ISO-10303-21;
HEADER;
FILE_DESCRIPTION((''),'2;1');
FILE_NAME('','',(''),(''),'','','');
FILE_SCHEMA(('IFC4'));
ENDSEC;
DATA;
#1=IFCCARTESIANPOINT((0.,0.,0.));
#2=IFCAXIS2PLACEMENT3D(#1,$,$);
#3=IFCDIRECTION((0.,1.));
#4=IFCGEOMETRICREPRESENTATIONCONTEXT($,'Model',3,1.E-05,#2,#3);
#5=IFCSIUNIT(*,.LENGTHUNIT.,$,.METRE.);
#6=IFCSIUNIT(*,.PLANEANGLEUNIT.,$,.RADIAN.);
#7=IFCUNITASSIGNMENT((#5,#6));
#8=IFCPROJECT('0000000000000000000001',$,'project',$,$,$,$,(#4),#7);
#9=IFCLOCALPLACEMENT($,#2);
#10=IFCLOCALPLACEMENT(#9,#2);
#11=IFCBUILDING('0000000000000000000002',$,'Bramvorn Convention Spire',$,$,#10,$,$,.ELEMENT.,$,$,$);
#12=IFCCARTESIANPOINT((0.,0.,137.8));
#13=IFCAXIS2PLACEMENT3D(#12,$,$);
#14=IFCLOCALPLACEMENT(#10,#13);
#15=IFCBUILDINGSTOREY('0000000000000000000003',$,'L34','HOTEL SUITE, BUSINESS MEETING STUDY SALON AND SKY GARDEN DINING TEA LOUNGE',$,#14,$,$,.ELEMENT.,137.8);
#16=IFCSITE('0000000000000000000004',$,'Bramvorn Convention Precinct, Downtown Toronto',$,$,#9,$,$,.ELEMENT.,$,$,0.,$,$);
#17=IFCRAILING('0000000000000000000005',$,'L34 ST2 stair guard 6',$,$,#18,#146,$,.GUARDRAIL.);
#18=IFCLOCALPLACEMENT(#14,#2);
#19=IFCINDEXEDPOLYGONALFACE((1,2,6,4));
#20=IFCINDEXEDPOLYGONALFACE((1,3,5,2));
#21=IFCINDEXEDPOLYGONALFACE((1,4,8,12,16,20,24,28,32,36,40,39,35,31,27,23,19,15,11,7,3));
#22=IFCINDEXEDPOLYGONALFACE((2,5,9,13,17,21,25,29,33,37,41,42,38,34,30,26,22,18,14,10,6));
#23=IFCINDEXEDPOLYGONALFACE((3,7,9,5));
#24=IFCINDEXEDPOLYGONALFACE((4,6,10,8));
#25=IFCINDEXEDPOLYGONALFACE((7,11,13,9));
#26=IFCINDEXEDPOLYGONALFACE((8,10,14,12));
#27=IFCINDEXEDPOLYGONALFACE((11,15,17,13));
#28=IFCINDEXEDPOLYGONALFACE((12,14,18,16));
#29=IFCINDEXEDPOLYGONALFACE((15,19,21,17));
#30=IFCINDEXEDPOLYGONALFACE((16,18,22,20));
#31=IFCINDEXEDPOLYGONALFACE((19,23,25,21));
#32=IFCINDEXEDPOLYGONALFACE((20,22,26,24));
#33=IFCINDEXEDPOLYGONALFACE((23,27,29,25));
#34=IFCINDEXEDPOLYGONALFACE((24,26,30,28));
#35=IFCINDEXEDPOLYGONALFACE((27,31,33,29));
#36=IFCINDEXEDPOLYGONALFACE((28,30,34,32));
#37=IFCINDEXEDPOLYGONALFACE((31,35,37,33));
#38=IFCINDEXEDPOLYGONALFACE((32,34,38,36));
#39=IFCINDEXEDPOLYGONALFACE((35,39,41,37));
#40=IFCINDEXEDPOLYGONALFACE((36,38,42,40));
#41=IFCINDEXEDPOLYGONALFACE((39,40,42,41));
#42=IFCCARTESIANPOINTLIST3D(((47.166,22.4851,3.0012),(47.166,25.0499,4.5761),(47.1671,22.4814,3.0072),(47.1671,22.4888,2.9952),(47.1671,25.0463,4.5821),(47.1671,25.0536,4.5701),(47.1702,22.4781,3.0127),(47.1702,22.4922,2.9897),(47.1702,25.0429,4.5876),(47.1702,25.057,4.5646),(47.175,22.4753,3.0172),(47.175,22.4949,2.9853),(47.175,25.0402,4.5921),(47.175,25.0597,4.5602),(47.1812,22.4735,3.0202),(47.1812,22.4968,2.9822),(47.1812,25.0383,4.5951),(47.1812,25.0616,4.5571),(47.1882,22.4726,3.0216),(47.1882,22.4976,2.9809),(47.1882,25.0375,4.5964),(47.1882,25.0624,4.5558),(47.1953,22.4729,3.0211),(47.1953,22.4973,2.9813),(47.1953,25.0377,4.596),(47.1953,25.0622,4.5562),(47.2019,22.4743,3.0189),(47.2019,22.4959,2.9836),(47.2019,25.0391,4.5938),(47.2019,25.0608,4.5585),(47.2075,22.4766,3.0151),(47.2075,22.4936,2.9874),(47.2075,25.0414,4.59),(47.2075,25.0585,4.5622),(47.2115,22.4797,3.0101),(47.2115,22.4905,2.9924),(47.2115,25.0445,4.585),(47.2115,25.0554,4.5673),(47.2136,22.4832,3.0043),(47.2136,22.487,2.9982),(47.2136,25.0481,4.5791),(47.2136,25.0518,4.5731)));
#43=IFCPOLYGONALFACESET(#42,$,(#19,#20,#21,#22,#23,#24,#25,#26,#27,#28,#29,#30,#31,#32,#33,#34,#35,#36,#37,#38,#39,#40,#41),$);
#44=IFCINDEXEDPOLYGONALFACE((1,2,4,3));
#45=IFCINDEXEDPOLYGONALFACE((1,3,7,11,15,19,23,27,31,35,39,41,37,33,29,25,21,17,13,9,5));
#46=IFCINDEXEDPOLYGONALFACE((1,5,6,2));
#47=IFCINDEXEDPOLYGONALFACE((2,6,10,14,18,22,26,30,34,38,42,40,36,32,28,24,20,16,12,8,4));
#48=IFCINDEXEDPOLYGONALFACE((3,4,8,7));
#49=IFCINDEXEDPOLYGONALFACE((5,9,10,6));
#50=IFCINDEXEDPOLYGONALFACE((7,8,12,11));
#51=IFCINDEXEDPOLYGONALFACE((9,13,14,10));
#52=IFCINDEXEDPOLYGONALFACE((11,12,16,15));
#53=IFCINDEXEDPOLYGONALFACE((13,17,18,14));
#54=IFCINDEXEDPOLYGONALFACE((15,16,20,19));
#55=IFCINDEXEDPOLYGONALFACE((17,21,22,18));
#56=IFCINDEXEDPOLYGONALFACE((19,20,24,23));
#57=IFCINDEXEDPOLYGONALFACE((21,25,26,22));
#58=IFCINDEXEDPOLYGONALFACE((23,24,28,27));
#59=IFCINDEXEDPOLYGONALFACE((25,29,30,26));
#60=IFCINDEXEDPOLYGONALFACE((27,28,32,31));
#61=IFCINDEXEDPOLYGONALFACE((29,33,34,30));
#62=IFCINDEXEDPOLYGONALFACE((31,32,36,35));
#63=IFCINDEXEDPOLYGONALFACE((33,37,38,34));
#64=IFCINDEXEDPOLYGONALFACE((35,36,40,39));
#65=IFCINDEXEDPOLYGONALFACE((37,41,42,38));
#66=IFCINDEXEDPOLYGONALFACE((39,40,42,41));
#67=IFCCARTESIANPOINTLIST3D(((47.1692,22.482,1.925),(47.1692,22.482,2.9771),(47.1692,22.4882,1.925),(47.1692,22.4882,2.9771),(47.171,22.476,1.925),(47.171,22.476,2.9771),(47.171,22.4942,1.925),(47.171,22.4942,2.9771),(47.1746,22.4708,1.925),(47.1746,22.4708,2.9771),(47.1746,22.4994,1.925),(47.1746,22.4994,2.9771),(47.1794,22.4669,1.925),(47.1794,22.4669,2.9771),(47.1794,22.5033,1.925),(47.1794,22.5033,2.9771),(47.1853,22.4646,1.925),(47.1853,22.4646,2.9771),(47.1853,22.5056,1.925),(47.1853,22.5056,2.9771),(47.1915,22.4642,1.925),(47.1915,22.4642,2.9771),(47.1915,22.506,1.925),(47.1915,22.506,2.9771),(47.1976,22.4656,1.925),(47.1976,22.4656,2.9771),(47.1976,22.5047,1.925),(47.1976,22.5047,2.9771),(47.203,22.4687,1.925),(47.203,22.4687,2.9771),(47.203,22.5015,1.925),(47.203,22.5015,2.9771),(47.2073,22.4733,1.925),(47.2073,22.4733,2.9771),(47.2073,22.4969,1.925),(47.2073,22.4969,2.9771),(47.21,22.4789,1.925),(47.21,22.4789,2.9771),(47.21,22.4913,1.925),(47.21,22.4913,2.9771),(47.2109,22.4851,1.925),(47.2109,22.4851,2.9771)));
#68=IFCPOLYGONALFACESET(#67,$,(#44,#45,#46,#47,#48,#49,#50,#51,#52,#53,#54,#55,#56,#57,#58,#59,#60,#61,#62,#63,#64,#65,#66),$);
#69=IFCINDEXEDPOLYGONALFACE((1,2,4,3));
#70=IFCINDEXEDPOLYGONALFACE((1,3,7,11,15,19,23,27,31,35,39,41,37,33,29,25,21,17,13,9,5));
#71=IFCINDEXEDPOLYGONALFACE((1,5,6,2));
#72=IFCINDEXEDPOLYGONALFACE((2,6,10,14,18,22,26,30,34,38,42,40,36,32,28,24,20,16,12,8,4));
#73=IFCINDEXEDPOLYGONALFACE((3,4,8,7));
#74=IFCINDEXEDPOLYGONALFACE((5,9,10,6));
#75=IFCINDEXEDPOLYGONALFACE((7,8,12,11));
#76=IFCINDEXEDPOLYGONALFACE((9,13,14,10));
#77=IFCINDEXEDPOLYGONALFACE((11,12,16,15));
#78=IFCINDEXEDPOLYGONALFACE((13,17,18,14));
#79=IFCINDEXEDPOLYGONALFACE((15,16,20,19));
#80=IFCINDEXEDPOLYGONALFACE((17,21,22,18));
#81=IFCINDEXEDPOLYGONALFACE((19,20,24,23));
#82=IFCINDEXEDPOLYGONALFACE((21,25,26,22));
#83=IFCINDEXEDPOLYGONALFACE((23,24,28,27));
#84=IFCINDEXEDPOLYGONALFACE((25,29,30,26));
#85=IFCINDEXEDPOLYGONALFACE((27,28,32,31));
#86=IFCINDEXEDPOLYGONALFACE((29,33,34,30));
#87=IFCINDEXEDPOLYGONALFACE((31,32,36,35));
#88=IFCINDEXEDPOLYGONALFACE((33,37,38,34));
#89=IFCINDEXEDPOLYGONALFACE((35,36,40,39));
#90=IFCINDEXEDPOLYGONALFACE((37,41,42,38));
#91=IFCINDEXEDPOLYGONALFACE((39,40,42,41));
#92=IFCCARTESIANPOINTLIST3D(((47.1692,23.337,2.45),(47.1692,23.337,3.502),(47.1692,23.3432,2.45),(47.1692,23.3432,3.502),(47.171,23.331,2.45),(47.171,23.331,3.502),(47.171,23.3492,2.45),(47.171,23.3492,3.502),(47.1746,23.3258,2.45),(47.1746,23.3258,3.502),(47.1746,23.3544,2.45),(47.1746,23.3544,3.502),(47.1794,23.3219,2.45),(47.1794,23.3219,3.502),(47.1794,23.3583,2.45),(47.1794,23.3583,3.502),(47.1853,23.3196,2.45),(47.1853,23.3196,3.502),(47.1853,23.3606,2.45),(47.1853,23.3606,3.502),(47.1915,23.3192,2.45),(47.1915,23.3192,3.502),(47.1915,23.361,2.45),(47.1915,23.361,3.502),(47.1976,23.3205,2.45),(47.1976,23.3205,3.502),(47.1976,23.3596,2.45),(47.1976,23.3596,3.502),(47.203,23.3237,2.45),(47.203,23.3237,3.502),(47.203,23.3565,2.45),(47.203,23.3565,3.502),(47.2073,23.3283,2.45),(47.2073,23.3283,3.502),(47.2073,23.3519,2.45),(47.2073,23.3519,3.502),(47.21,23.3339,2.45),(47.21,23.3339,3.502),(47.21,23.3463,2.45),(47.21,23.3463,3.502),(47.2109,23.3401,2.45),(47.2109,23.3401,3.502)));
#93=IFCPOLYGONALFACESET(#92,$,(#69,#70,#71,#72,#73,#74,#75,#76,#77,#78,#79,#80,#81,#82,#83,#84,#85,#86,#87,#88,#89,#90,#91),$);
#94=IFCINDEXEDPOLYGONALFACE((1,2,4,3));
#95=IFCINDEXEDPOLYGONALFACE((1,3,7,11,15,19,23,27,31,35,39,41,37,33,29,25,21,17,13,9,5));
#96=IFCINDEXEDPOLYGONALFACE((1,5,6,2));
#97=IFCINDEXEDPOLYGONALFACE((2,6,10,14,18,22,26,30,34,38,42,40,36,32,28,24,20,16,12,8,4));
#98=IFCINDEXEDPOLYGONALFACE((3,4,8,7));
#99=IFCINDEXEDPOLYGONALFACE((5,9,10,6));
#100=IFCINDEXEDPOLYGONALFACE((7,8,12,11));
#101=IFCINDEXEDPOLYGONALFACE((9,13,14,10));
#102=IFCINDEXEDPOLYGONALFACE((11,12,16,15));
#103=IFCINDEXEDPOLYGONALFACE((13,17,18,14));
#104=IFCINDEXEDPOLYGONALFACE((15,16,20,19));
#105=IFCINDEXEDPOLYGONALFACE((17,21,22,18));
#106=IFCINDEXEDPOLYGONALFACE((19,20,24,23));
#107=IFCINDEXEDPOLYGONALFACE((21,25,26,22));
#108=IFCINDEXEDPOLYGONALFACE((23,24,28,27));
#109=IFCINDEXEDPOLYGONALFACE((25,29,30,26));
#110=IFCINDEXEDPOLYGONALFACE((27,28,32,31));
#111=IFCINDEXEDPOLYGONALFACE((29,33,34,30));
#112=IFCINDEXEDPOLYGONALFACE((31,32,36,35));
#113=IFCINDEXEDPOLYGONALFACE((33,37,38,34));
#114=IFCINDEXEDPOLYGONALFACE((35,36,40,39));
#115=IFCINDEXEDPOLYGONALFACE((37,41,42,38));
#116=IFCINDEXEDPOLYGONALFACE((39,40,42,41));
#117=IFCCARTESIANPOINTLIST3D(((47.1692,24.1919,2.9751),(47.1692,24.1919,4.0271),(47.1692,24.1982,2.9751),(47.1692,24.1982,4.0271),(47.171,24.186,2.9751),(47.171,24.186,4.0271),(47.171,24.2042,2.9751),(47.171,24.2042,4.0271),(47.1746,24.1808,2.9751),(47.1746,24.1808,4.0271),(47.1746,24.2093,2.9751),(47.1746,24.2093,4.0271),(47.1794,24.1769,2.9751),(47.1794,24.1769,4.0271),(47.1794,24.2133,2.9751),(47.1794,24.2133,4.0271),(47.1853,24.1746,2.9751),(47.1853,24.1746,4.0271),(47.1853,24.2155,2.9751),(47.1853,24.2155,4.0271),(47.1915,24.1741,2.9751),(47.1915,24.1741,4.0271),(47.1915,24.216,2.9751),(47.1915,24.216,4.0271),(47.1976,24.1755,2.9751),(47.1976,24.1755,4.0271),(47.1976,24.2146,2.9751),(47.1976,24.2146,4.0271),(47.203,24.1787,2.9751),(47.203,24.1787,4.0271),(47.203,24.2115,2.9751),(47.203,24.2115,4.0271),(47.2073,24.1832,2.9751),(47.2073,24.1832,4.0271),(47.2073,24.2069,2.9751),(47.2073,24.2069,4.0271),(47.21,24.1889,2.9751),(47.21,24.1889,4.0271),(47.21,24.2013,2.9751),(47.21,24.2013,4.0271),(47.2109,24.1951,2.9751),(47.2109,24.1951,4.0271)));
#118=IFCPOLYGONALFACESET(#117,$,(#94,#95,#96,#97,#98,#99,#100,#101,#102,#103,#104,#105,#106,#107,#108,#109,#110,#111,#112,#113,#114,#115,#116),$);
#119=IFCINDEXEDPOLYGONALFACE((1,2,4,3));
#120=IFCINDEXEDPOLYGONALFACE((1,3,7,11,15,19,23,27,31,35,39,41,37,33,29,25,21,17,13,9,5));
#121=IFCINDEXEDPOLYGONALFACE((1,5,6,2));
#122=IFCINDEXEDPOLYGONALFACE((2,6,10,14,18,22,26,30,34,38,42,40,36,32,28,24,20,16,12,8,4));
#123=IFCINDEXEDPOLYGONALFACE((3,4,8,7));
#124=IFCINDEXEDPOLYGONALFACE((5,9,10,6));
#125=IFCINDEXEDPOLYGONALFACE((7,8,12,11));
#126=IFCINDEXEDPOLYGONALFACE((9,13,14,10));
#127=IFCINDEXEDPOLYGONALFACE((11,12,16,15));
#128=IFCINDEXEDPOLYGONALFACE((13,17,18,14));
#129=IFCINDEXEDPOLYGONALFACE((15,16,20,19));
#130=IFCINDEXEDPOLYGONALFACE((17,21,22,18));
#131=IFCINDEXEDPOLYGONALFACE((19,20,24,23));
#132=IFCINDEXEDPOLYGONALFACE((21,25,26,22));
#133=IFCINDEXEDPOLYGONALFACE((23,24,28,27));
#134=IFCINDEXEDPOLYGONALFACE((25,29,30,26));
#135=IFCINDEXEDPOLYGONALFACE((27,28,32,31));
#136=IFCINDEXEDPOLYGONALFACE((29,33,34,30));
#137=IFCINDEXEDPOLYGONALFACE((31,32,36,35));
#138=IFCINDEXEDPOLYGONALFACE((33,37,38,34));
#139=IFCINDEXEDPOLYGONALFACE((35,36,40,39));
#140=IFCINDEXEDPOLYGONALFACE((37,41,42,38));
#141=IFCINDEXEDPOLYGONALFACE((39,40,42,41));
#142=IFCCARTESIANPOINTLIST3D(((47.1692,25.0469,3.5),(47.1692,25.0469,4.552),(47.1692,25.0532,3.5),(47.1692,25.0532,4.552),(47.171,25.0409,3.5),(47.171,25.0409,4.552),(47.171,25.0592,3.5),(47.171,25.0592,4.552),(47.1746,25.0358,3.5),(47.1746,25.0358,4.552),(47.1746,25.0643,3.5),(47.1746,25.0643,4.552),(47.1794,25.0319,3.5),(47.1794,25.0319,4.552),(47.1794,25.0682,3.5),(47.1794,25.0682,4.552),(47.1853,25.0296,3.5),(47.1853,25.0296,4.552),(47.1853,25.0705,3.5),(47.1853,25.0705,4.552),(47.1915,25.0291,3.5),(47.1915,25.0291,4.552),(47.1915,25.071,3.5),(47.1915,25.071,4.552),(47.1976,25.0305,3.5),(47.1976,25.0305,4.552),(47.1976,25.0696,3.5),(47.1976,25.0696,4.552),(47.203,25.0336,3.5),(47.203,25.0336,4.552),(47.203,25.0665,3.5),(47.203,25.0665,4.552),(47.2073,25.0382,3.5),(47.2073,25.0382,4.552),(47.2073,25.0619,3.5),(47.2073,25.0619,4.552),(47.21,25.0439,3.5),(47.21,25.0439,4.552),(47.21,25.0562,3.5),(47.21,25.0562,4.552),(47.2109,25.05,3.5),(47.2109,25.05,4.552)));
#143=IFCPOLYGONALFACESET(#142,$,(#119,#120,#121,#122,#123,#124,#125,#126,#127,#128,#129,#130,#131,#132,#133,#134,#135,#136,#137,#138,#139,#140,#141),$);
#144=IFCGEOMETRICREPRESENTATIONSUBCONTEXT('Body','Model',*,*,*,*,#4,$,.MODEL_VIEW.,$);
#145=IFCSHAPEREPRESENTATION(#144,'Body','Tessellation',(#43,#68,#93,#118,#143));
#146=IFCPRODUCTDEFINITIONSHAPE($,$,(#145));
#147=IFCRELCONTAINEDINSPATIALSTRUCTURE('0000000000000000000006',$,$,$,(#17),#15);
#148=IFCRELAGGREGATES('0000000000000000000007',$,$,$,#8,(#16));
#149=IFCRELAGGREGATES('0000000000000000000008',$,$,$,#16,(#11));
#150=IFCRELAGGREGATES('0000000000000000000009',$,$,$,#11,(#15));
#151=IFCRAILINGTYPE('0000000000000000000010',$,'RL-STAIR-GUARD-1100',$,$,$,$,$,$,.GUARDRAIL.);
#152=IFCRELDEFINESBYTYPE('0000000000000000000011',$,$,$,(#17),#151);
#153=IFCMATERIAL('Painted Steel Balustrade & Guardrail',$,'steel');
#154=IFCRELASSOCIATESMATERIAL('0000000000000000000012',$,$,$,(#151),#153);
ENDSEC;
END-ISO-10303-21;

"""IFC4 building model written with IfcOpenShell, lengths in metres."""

from ifc_helpers import new_model, si_unit, direction, frame, origin, origin_2d, place, context, subcontext, project, spatial, circle, extrude, material, type_object, element, save


model = new_model("IFC4")

# Units and contexts
model_context = context("Model", 3, precision=1e-05, world=origin(), true_north=direction((0.0, 1.0)))
body_context = subcontext(model_context, "Body", "Model", "MODEL_VIEW")
ifc_project = project(units=[si_unit("LENGTHUNIT", "METRE"), si_unit("PLANEANGLEUNIT", "RADIAN")], contexts=[model_context])

# Site, building, storey
site_placement = place(None, origin())
site = spatial("IfcSite", under=ifc_project, at=site_placement, Name="Bramvorn Convention Precinct, Downtown Toronto", CompositionType="ELEMENT", RefElevation=0.0)
building_placement = place(site_placement, origin())
building = spatial("IfcBuilding", under=site, at=building_placement, Name="Bramvorn Convention Spire", CompositionType="ELEMENT")
storey_placement = place(building_placement, frame((0.0, 0.0, 137.8)))
storey = spatial("IfcBuildingStorey", under=building, at=storey_placement, Name="L34", Description="HOTEL SUITE, BUSINESS MEETING STUDY SALON AND SKY GARDEN DINING TEA LOUNGE", CompositionType="ELEMENT", Elevation=137.8)

# Railing
ifc_material_1 = material(Name="Painted Steel Balustrade & Guardrail", Category="steel")
railing_type_1 = type_object("IfcRailingType", Name="RL-STAIR-GUARD-1100", PredefinedType="GUARDRAIL", material=ifc_material_1)
railing_1_placement = place(storey_placement, frame((47.1899, 22.4851, 1.925)))
element("IfcRailing", 1, at=railing_1_placement, inside=storey, type_object=railing_type_1, Name="L34 ST2 stair guard 6", PredefinedType="GUARDRAIL", context=body_context, shape_type="SweptSolid", body=[
    extrude(circle(Radius=0.0239, at=origin_2d()), frame((0.0, 0.0, 1.0762), z_axis=(0.0, 0.852173, 0.52326), x_axis=(-1.0, 0.0, 0.0)), (0.0, 0.0, 1.0), 3.0098),
    extrude(circle(Radius=0.021, at=origin_2d()), origin(), (0.0, 0.0, 1.0), 1.052),
    extrude(circle(Radius=0.021, at=origin_2d()), frame((0.0, 0.855, 0.5249)), (0.0, 0.0, 1.0), 1.052),
    extrude(circle(Radius=0.021, at=origin_2d()), frame((0.0, 1.71, 1.05)), (0.0, 0.0, 1.0), 1.052),
    extrude(circle(Radius=0.021, at=origin_2d()), frame((0.0, 2.5649, 1.575)), (0.0, 0.0, 1.0), 1.052),
])

save(model, "model.ifc")
